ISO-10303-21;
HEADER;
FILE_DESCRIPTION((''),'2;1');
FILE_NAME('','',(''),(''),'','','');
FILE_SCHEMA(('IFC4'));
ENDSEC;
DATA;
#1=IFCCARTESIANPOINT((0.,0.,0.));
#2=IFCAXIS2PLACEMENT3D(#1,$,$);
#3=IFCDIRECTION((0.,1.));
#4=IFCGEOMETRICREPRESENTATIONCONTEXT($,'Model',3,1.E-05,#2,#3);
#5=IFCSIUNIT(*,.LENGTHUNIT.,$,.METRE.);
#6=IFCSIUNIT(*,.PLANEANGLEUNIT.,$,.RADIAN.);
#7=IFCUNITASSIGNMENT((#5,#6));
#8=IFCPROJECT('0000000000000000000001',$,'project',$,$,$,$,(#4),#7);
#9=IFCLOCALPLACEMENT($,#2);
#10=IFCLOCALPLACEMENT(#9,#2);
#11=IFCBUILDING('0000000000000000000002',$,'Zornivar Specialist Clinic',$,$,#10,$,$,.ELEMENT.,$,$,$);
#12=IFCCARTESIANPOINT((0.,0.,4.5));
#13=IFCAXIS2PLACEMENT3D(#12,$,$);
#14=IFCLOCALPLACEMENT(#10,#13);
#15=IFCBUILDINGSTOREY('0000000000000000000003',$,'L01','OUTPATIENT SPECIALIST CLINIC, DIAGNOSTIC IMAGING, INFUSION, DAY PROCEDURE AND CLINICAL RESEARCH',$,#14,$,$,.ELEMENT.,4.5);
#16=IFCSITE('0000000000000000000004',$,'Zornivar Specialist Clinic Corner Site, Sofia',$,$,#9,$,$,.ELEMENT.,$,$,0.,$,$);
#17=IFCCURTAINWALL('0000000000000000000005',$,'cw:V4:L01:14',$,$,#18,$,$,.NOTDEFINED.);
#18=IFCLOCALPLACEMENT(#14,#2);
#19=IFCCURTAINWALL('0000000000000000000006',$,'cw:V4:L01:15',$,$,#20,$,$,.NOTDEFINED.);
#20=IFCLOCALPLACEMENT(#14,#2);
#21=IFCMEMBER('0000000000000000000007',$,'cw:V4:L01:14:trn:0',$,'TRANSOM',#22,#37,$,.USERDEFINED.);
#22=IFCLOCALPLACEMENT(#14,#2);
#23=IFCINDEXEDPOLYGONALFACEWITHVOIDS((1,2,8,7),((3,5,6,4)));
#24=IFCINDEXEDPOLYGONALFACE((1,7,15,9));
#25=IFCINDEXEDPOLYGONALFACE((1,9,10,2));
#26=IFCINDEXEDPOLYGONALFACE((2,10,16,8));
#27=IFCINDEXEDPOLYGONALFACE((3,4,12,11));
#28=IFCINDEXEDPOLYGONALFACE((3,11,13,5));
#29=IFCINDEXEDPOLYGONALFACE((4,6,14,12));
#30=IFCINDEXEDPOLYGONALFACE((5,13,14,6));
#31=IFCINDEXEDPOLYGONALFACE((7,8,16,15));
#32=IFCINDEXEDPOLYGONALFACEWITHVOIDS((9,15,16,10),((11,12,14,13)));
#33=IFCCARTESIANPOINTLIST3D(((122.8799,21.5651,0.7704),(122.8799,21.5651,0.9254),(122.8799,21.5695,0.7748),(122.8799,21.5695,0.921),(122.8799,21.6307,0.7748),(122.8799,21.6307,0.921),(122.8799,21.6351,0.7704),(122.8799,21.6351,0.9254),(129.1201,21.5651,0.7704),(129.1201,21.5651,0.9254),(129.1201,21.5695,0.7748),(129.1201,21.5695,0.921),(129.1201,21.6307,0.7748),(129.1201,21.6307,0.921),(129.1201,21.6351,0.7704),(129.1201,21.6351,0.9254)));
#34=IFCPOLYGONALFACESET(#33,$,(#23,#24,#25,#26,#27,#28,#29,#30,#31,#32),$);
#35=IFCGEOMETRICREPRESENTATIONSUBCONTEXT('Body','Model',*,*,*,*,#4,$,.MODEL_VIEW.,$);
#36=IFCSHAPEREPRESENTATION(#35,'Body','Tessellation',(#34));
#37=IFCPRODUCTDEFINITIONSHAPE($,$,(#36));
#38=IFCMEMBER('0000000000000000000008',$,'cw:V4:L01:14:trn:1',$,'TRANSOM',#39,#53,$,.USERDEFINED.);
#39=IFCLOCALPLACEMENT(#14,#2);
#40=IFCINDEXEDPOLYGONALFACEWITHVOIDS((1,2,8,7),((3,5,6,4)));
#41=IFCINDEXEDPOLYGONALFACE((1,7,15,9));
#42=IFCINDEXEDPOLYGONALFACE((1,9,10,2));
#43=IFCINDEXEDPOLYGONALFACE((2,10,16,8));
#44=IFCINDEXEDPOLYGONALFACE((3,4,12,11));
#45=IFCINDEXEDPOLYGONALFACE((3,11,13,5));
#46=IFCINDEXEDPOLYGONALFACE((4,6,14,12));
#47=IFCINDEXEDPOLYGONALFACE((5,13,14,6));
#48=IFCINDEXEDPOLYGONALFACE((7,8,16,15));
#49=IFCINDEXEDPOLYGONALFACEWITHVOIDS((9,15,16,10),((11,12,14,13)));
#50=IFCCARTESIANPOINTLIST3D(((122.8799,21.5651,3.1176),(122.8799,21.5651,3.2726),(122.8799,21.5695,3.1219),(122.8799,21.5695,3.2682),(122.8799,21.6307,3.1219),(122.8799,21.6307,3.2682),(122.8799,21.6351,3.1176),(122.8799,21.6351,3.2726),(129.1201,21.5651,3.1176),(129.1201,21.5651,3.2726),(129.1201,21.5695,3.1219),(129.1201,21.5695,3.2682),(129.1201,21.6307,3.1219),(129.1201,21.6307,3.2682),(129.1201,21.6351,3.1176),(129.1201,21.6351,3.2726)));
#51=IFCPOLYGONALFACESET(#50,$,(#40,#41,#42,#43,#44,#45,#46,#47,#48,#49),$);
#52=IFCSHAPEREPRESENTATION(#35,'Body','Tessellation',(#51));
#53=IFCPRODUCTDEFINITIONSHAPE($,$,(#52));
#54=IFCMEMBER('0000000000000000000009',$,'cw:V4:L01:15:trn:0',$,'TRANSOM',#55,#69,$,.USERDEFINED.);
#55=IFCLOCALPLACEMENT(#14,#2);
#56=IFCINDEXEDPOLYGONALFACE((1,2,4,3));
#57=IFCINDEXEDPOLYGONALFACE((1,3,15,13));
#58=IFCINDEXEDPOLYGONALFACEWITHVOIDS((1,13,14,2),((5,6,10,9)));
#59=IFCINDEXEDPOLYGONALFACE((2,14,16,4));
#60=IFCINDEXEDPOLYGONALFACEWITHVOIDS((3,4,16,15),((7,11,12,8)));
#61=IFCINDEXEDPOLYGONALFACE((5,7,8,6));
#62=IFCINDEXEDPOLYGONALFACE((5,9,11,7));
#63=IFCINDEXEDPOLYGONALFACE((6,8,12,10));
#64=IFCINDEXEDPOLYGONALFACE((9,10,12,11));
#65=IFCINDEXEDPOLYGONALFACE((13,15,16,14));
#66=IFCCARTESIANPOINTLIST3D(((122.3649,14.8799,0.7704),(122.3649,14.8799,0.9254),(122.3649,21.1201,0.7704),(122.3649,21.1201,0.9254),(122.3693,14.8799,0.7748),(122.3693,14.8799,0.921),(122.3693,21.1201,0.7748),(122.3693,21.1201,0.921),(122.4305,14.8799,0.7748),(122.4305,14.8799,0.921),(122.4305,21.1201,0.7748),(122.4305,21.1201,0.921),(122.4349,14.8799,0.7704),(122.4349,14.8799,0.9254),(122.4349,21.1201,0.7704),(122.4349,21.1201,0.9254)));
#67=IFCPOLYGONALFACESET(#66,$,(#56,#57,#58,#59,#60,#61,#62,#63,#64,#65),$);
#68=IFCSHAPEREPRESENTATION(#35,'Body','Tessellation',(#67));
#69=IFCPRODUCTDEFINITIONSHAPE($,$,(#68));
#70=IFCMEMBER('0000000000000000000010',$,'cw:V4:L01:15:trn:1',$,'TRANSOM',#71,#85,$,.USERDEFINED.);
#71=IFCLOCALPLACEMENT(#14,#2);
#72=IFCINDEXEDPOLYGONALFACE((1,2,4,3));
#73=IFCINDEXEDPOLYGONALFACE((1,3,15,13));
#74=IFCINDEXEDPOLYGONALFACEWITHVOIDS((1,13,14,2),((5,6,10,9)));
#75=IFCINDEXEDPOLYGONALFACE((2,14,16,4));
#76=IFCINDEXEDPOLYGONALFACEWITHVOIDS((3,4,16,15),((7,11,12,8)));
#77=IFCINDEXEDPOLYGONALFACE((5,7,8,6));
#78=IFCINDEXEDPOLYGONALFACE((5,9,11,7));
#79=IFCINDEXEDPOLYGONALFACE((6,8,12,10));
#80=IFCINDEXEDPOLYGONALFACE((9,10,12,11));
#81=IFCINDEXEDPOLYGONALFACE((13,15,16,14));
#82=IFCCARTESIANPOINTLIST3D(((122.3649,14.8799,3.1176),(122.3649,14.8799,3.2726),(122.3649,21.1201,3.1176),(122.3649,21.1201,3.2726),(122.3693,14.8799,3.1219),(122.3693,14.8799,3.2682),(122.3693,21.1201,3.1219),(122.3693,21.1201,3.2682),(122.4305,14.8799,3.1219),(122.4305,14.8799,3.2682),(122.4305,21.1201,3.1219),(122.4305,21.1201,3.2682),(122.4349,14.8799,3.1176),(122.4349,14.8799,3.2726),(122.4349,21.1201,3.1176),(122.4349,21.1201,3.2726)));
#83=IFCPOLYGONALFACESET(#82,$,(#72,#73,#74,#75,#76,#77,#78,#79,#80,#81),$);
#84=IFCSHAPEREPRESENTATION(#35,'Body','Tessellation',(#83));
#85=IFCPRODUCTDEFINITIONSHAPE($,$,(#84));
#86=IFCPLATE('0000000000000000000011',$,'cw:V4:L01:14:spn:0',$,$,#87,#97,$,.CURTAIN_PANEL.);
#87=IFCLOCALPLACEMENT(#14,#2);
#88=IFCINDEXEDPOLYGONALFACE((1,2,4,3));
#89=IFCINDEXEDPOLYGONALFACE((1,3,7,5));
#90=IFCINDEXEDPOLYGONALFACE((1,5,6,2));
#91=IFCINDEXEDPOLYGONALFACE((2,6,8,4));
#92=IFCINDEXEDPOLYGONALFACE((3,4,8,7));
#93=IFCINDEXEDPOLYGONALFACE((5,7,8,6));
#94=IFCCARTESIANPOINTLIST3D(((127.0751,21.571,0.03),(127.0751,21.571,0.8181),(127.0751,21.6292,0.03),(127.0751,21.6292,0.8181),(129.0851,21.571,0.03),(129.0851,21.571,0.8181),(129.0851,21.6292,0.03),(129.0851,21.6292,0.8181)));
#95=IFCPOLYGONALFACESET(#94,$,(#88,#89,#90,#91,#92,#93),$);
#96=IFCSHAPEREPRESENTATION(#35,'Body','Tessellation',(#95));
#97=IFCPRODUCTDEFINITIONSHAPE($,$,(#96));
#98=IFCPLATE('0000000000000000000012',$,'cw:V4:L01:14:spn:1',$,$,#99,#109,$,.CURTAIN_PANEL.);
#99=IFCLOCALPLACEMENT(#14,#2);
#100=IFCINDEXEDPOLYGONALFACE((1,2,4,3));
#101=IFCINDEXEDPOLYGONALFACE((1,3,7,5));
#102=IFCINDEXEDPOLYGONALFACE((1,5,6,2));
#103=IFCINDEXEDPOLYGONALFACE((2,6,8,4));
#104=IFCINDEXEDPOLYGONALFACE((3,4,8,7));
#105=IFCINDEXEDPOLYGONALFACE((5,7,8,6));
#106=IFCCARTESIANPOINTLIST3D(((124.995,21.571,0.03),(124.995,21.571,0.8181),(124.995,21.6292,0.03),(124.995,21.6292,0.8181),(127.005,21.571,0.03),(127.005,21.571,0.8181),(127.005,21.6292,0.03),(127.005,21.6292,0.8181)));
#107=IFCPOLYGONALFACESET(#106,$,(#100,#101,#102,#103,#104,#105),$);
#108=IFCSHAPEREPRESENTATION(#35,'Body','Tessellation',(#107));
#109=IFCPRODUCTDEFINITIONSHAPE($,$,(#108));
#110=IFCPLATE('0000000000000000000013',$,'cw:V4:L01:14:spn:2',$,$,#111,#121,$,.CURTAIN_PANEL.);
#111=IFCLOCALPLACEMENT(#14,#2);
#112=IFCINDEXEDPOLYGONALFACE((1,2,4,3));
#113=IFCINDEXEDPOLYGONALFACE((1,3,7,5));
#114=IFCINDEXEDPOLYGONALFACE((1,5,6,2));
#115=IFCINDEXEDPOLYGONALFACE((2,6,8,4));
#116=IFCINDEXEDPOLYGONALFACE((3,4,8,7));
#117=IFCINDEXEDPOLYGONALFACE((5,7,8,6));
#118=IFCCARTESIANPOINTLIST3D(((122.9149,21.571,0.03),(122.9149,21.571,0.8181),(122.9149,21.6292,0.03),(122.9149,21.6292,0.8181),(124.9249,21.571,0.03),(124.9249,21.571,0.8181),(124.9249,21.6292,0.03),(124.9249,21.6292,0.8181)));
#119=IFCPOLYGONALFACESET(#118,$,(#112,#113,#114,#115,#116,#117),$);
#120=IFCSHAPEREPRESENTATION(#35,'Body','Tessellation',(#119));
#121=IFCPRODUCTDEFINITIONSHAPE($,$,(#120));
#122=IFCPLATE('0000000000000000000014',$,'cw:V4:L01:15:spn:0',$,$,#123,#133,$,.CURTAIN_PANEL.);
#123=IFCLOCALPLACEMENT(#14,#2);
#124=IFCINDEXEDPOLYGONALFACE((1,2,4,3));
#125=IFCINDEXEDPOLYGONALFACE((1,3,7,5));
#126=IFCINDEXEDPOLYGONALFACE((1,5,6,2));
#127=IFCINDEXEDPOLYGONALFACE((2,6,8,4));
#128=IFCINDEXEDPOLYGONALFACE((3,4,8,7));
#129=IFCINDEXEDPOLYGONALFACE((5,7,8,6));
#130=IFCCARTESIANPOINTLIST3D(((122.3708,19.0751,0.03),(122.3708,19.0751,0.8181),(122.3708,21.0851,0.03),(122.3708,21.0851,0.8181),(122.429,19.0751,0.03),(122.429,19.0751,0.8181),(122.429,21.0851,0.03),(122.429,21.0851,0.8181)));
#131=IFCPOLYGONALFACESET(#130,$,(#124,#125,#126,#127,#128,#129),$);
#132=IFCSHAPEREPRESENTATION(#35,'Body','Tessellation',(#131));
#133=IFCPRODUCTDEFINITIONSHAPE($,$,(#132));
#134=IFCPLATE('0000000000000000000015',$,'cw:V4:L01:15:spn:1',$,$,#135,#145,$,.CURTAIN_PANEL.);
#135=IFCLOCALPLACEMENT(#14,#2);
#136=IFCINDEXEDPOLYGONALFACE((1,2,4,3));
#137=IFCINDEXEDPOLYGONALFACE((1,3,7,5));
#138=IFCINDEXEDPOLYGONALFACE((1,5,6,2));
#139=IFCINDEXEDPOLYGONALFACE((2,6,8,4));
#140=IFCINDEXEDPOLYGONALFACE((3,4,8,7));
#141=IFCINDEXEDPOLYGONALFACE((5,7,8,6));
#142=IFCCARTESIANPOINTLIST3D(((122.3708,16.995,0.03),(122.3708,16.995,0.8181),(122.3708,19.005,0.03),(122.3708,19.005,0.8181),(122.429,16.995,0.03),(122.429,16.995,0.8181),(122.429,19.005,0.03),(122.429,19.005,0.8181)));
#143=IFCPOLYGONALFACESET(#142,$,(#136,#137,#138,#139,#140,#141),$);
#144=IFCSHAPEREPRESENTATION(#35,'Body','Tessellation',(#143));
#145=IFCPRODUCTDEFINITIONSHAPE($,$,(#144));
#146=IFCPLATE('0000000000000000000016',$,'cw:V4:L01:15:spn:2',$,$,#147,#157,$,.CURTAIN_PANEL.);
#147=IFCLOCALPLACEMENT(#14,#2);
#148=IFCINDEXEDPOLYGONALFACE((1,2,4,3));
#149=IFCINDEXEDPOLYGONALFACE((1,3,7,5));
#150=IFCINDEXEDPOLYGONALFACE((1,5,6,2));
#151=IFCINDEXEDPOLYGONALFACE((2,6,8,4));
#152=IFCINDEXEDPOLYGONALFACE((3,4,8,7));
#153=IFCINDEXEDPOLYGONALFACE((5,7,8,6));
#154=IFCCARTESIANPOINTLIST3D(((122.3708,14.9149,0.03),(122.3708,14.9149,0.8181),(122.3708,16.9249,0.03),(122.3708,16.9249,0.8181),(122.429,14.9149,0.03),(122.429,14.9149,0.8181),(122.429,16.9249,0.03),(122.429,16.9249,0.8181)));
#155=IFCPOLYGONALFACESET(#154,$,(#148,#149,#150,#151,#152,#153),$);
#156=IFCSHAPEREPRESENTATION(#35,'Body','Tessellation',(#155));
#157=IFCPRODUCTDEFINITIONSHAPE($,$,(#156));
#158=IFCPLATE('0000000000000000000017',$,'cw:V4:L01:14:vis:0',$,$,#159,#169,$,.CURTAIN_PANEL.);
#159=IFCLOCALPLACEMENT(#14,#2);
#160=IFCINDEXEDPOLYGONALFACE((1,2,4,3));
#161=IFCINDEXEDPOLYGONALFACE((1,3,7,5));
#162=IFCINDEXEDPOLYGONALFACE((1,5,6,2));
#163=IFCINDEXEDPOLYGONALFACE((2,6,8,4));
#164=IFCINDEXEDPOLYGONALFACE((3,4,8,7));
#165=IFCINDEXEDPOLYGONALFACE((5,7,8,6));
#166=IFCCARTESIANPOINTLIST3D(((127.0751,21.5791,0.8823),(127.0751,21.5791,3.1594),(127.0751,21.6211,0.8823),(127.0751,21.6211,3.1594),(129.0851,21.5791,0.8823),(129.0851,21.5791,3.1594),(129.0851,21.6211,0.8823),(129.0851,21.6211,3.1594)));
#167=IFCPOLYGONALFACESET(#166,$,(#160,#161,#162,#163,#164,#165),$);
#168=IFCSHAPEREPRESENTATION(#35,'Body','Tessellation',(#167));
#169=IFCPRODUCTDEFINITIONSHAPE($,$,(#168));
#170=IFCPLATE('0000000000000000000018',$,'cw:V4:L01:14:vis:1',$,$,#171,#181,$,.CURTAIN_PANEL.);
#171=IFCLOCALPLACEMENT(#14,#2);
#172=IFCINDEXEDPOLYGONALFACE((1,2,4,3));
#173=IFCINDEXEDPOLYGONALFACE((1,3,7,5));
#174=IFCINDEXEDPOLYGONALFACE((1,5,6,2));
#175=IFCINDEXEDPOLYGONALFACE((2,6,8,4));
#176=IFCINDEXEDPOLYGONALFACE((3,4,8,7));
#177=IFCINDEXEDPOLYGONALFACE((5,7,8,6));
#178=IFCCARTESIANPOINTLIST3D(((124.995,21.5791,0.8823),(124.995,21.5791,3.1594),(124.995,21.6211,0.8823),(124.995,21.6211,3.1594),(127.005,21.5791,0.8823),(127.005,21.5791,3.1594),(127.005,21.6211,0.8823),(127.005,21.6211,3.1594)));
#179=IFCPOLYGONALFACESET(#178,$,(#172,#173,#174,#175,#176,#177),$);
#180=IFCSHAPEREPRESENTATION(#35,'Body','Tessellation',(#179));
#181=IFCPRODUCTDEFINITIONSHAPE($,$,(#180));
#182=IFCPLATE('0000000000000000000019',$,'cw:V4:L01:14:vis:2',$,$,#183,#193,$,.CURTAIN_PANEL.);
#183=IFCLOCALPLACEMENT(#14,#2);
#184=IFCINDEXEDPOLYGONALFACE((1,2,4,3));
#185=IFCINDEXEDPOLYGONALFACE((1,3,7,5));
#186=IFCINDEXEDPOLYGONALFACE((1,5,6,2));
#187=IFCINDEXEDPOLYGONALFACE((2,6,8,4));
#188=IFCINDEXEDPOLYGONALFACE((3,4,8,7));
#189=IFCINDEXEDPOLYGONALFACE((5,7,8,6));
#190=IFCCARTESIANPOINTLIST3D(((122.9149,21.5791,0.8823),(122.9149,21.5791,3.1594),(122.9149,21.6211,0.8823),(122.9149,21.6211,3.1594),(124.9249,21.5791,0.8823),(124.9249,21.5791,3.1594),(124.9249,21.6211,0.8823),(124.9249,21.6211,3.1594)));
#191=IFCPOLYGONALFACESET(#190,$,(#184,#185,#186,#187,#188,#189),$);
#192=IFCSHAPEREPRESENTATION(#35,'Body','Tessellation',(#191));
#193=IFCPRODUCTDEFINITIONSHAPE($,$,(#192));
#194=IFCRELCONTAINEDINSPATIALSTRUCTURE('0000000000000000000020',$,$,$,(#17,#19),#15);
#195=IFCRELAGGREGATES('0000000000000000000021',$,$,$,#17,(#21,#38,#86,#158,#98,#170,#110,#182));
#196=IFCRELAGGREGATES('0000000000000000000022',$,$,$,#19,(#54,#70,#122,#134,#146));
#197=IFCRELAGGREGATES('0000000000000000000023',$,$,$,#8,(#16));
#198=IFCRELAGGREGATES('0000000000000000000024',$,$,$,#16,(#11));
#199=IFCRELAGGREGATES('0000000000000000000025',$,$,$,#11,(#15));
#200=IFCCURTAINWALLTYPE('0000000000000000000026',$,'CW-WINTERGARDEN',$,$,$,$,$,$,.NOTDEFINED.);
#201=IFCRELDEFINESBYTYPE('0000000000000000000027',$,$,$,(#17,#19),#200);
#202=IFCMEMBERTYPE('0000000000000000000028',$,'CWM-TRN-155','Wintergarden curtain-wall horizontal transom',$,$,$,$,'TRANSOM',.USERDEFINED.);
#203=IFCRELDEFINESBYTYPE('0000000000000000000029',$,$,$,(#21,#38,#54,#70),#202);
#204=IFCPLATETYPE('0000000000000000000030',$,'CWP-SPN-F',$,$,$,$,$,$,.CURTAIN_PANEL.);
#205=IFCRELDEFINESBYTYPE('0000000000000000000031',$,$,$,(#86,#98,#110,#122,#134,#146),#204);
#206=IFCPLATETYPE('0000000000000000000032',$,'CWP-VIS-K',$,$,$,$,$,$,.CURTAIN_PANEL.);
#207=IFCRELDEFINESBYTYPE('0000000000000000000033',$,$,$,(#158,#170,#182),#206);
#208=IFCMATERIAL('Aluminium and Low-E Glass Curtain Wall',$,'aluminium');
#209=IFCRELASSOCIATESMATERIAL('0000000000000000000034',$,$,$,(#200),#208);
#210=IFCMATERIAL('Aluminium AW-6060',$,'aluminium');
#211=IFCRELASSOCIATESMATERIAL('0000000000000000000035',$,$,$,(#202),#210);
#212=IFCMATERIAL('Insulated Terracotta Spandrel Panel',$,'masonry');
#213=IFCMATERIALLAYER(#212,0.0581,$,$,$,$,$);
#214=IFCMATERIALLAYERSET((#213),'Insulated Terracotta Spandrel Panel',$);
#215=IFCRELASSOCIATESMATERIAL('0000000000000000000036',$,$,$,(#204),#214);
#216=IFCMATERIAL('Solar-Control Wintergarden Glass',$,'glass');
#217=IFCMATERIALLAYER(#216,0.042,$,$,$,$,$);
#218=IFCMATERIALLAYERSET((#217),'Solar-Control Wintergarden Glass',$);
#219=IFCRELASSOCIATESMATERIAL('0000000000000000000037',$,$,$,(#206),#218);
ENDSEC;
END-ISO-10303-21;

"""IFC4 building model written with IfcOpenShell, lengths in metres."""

from ifc_helpers import new_model, si_unit, direction, frame, origin, origin_2d, place, context, subcontext, project, spatial, rectangle, hollow_rectangle, extrude, material, layer, layer_set, material_profile, profile_set, type_object, element, aggregate, save


model = new_model("IFC4")

# Units and contexts
model_context = context("Model", 3, precision=1e-05, world=origin(), true_north=direction((0.0, 1.0)))
body_context = subcontext(model_context, "Body", "Model", "MODEL_VIEW")
ifc_project = project(units=[si_unit("LENGTHUNIT", "METRE"), si_unit("PLANEANGLEUNIT", "RADIAN")], contexts=[model_context])

# Site, building, storey
site_placement = place(None, origin())
site = spatial("IfcSite", under=ifc_project, at=site_placement, Name="Zornivar Specialist Clinic Corner Site, Sofia", CompositionType="ELEMENT", RefElevation=0.0)
building_placement = place(site_placement, origin())
building = spatial("IfcBuilding", under=site, at=building_placement, Name="Zornivar Specialist Clinic", CompositionType="ELEMENT")
storey_placement = place(building_placement, frame((0.0, 0.0, 4.5)))
storey = spatial("IfcBuildingStorey", under=building, at=storey_placement, Name="L01", Description="OUTPATIENT SPECIALIST CLINIC, DIAGNOSTIC IMAGING, INFUSION, DAY PROCEDURE AND CLINICAL RESEARCH", CompositionType="ELEMENT", Elevation=4.5)

# Curtain walls
ifc_material_1 = material(Name="Aluminium and Low-E Glass Curtain Wall", Category="aluminium")
curtain_wall_type = type_object("IfcCurtainWallType", Name="CW-WINTERGARDEN", PredefinedType="NOTDEFINED", material=ifc_material_1)
curtain_wall_1_placement = place(storey_placement, origin())
curtain_wall_1 = element("IfcCurtainWall", 1, at=curtain_wall_1_placement, inside=storey, type_object=curtain_wall_type, Name="cw:V4:L01:14", PredefinedType="NOTDEFINED")
curtain_wall_2_placement = place(storey_placement, origin())
curtain_wall_2 = element("IfcCurtainWall", 2, at=curtain_wall_2_placement, inside=storey, type_object=curtain_wall_type, Name="cw:V4:L01:15", PredefinedType="NOTDEFINED")

# Members
ifc_material_2 = material(Name="Aluminium AW-6060", Category="aluminium")
ifc_material_profile_1 = material_profile(ifc_material_2, hollow_rectangle(XDim=0.0701, YDim=0.155, WallThickness=0.0044, at=origin_2d()), Name="ALU 70x155x4.5")
ifc_profile_set_1 = profile_set([ifc_material_profile_1], Name="Aluminium AW-6060")
member_type_1 = type_object("IfcMemberType", Name="CWM-TRN-155", Description="Wintergarden curtain-wall horizontal transom", ElementType="TRANSOM", PredefinedType="USERDEFINED", material=ifc_profile_set_1)
member_1_placement = place(storey_placement, frame((129.1201, 21.6001, 0.8479), z_axis=(-1.0, 0.0, 0.0), x_axis=(0.0, -1.0, 0.0)))
member_1 = element("IfcMember", 3, at=member_1_placement, type_object=member_type_1, Name="cw:V4:L01:14:trn:0", ObjectType="TRANSOM", PredefinedType="USERDEFINED", context=body_context, shape_type="SweptSolid", body=[
    extrude(hollow_rectangle(XDim=0.0701, YDim=0.155, WallThickness=0.0044, at=origin_2d()), origin(), (0.0, 0.0, 1.0), 6.2402),
])
member_2_placement = place(storey_placement, frame((129.1201, 21.6001, 3.1951), z_axis=(-1.0, 0.0, 0.0), x_axis=(0.0, -1.0, 0.0)))
member_2 = element("IfcMember", 4, at=member_2_placement, type_object=member_type_1, Name="cw:V4:L01:14:trn:1", ObjectType="TRANSOM", PredefinedType="USERDEFINED", context=body_context, shape_type="SweptSolid", body=[
    extrude(hollow_rectangle(XDim=0.0701, YDim=0.155, WallThickness=0.0044, at=origin_2d()), origin(), (0.0, 0.0, 1.0), 6.2402),
])
member_3_placement = place(storey_placement, frame((122.3999, 21.1201, 0.8479), z_axis=(0.0, -1.0, 0.0), x_axis=(1.0, 0.0, 0.0)))
member_3 = element("IfcMember", 5, at=member_3_placement, type_object=member_type_1, Name="cw:V4:L01:15:trn:0", ObjectType="TRANSOM", PredefinedType="USERDEFINED", context=body_context, shape_type="SweptSolid", body=[
    extrude(hollow_rectangle(XDim=0.0701, YDim=0.155, WallThickness=0.0044, at=origin_2d()), origin(), (0.0, 0.0, 1.0), 6.2402),
])
member_4_placement = place(storey_placement, frame((122.3999, 21.1201, 3.1951), z_axis=(0.0, -1.0, 0.0), x_axis=(1.0, 0.0, 0.0)))
member_4 = element("IfcMember", 6, at=member_4_placement, type_object=member_type_1, Name="cw:V4:L01:15:trn:1", ObjectType="TRANSOM", PredefinedType="USERDEFINED", context=body_context, shape_type="SweptSolid", body=[
    extrude(hollow_rectangle(XDim=0.0701, YDim=0.155, WallThickness=0.0044, at=origin_2d()), origin(), (0.0, 0.0, 1.0), 6.2402),
])

# Plates
ifc_material_3 = material(Name="Insulated Terracotta Spandrel Panel", Category="masonry")
ifc_layer_1 = layer(ifc_material_3, 0.0581)
ifc_layer_set_1 = layer_set([ifc_layer_1], Name="Insulated Terracotta Spandrel Panel")
plate_type_1 = type_object("IfcPlateType", Name="CWP-SPN-F", PredefinedType="CURTAIN_PANEL", material=ifc_layer_set_1)
plate_1_placement = place(storey_placement, frame((128.0801, 21.6001, 0.03), z_axis=(0.0, 0.0, 1.0), x_axis=(-1.0, 0.0, 0.0)))
plate_1 = element("IfcPlate", 7, at=plate_1_placement, type_object=plate_type_1, Name="cw:V4:L01:14:spn:0", PredefinedType="CURTAIN_PANEL", context=body_context, shape_type="SweptSolid", body=[
    extrude(rectangle(XDim=2.01, YDim=0.0581, at=origin_2d()), origin(), (0.0, 0.0, 1.0), 0.7881),
])
plate_2_placement = place(storey_placement, frame((126.0, 21.6001, 0.03), z_axis=(0.0, 0.0, 1.0), x_axis=(-1.0, 0.0, 0.0)))
plate_2 = element("IfcPlate", 8, at=plate_2_placement, type_object=plate_type_1, Name="cw:V4:L01:14:spn:1", PredefinedType="CURTAIN_PANEL", context=body_context, shape_type="SweptSolid", body=[
    extrude(rectangle(XDim=2.01, YDim=0.0581, at=origin_2d()), origin(), (0.0, 0.0, 1.0), 0.7881),
])
plate_3_placement = place(storey_placement, frame((123.9199, 21.6001, 0.03), z_axis=(0.0, 0.0, 1.0), x_axis=(-1.0, 0.0, 0.0)))
plate_3 = element("IfcPlate", 9, at=plate_3_placement, type_object=plate_type_1, Name="cw:V4:L01:14:spn:2", PredefinedType="CURTAIN_PANEL", context=body_context, shape_type="SweptSolid", body=[
    extrude(rectangle(XDim=2.01, YDim=0.0581, at=origin_2d()), origin(), (0.0, 0.0, 1.0), 0.7881),
])
plate_4_placement = place(storey_placement, frame((122.3999, 20.0801, 0.03), z_axis=(0.0, 0.0, 1.0), x_axis=(0.0, -1.0, 0.0)))
plate_4 = element("IfcPlate", 10, at=plate_4_placement, type_object=plate_type_1, Name="cw:V4:L01:15:spn:0", PredefinedType="CURTAIN_PANEL", context=body_context, shape_type="SweptSolid", body=[
    extrude(rectangle(XDim=2.01, YDim=0.0581, at=origin_2d()), origin(), (0.0, 0.0, 1.0), 0.7881),
])
plate_5_placement = place(storey_placement, frame((122.3999, 18.0, 0.03), z_axis=(0.0, 0.0, 1.0), x_axis=(0.0, -1.0, 0.0)))
plate_5 = element("IfcPlate", 11, at=plate_5_placement, type_object=plate_type_1, Name="cw:V4:L01:15:spn:1", PredefinedType="CURTAIN_PANEL", context=body_context, shape_type="SweptSolid", body=[
    extrude(rectangle(XDim=2.01, YDim=0.0581, at=origin_2d()), origin(), (0.0, 0.0, 1.0), 0.7881),
])
plate_6_placement = place(storey_placement, frame((122.3999, 15.9199, 0.03), z_axis=(0.0, 0.0, 1.0), x_axis=(0.0, -1.0, 0.0)))
plate_6 = element("IfcPlate", 12, at=plate_6_placement, type_object=plate_type_1, Name="cw:V4:L01:15:spn:2", PredefinedType="CURTAIN_PANEL", context=body_context, shape_type="SweptSolid", body=[
    extrude(rectangle(XDim=2.01, YDim=0.0581, at=origin_2d()), origin(), (0.0, 0.0, 1.0), 0.7881),
])
ifc_material_4 = material(Name="Solar-Control Wintergarden Glass", Category="glass")
ifc_layer_2 = layer(ifc_material_4, 0.042)
ifc_layer_set_2 = layer_set([ifc_layer_2], Name="Solar-Control Wintergarden Glass")
plate_type_2 = type_object("IfcPlateType", Name="CWP-VIS-K", PredefinedType="CURTAIN_PANEL", material=ifc_layer_set_2)
plate_7_placement = place(storey_placement, frame((128.0801, 21.6001, 0.8823), z_axis=(0.0, 0.0, 1.0), x_axis=(-1.0, 0.0, 0.0)))
plate_7 = element("IfcPlate", 13, at=plate_7_placement, type_object=plate_type_2, Name="cw:V4:L01:14:vis:0", PredefinedType="CURTAIN_PANEL", context=body_context, shape_type="SweptSolid", body=[
    extrude(rectangle(XDim=2.01, YDim=0.042, at=origin_2d()), origin(), (0.0, 0.0, 1.0), 2.2771),
])
plate_8_placement = place(storey_placement, frame((126.0, 21.6001, 0.8823), z_axis=(0.0, 0.0, 1.0), x_axis=(-1.0, 0.0, 0.0)))
plate_8 = element("IfcPlate", 14, at=plate_8_placement, type_object=plate_type_2, Name="cw:V4:L01:14:vis:1", PredefinedType="CURTAIN_PANEL", context=body_context, shape_type="SweptSolid", body=[
    extrude(rectangle(XDim=2.01, YDim=0.042, at=origin_2d()), origin(), (0.0, 0.0, 1.0), 2.2771),
])
plate_9_placement = place(storey_placement, frame((123.9199, 21.6001, 0.8823), z_axis=(0.0, 0.0, 1.0), x_axis=(-1.0, 0.0, 0.0)))
plate_9 = element("IfcPlate", 15, at=plate_9_placement, type_object=plate_type_2, Name="cw:V4:L01:14:vis:2", PredefinedType="CURTAIN_PANEL", context=body_context, shape_type="SweptSolid", body=[
    extrude(rectangle(XDim=2.01, YDim=0.042, at=origin_2d()), origin(), (0.0, 0.0, 1.0), 2.2771),
])
aggregate(curtain_wall_1, [member_1, member_2, plate_1, plate_7, plate_2, plate_8, plate_3, plate_9])
aggregate(curtain_wall_2, [member_3, member_4, plate_4, plate_5, plate_6])

save(model, "model.ifc")
